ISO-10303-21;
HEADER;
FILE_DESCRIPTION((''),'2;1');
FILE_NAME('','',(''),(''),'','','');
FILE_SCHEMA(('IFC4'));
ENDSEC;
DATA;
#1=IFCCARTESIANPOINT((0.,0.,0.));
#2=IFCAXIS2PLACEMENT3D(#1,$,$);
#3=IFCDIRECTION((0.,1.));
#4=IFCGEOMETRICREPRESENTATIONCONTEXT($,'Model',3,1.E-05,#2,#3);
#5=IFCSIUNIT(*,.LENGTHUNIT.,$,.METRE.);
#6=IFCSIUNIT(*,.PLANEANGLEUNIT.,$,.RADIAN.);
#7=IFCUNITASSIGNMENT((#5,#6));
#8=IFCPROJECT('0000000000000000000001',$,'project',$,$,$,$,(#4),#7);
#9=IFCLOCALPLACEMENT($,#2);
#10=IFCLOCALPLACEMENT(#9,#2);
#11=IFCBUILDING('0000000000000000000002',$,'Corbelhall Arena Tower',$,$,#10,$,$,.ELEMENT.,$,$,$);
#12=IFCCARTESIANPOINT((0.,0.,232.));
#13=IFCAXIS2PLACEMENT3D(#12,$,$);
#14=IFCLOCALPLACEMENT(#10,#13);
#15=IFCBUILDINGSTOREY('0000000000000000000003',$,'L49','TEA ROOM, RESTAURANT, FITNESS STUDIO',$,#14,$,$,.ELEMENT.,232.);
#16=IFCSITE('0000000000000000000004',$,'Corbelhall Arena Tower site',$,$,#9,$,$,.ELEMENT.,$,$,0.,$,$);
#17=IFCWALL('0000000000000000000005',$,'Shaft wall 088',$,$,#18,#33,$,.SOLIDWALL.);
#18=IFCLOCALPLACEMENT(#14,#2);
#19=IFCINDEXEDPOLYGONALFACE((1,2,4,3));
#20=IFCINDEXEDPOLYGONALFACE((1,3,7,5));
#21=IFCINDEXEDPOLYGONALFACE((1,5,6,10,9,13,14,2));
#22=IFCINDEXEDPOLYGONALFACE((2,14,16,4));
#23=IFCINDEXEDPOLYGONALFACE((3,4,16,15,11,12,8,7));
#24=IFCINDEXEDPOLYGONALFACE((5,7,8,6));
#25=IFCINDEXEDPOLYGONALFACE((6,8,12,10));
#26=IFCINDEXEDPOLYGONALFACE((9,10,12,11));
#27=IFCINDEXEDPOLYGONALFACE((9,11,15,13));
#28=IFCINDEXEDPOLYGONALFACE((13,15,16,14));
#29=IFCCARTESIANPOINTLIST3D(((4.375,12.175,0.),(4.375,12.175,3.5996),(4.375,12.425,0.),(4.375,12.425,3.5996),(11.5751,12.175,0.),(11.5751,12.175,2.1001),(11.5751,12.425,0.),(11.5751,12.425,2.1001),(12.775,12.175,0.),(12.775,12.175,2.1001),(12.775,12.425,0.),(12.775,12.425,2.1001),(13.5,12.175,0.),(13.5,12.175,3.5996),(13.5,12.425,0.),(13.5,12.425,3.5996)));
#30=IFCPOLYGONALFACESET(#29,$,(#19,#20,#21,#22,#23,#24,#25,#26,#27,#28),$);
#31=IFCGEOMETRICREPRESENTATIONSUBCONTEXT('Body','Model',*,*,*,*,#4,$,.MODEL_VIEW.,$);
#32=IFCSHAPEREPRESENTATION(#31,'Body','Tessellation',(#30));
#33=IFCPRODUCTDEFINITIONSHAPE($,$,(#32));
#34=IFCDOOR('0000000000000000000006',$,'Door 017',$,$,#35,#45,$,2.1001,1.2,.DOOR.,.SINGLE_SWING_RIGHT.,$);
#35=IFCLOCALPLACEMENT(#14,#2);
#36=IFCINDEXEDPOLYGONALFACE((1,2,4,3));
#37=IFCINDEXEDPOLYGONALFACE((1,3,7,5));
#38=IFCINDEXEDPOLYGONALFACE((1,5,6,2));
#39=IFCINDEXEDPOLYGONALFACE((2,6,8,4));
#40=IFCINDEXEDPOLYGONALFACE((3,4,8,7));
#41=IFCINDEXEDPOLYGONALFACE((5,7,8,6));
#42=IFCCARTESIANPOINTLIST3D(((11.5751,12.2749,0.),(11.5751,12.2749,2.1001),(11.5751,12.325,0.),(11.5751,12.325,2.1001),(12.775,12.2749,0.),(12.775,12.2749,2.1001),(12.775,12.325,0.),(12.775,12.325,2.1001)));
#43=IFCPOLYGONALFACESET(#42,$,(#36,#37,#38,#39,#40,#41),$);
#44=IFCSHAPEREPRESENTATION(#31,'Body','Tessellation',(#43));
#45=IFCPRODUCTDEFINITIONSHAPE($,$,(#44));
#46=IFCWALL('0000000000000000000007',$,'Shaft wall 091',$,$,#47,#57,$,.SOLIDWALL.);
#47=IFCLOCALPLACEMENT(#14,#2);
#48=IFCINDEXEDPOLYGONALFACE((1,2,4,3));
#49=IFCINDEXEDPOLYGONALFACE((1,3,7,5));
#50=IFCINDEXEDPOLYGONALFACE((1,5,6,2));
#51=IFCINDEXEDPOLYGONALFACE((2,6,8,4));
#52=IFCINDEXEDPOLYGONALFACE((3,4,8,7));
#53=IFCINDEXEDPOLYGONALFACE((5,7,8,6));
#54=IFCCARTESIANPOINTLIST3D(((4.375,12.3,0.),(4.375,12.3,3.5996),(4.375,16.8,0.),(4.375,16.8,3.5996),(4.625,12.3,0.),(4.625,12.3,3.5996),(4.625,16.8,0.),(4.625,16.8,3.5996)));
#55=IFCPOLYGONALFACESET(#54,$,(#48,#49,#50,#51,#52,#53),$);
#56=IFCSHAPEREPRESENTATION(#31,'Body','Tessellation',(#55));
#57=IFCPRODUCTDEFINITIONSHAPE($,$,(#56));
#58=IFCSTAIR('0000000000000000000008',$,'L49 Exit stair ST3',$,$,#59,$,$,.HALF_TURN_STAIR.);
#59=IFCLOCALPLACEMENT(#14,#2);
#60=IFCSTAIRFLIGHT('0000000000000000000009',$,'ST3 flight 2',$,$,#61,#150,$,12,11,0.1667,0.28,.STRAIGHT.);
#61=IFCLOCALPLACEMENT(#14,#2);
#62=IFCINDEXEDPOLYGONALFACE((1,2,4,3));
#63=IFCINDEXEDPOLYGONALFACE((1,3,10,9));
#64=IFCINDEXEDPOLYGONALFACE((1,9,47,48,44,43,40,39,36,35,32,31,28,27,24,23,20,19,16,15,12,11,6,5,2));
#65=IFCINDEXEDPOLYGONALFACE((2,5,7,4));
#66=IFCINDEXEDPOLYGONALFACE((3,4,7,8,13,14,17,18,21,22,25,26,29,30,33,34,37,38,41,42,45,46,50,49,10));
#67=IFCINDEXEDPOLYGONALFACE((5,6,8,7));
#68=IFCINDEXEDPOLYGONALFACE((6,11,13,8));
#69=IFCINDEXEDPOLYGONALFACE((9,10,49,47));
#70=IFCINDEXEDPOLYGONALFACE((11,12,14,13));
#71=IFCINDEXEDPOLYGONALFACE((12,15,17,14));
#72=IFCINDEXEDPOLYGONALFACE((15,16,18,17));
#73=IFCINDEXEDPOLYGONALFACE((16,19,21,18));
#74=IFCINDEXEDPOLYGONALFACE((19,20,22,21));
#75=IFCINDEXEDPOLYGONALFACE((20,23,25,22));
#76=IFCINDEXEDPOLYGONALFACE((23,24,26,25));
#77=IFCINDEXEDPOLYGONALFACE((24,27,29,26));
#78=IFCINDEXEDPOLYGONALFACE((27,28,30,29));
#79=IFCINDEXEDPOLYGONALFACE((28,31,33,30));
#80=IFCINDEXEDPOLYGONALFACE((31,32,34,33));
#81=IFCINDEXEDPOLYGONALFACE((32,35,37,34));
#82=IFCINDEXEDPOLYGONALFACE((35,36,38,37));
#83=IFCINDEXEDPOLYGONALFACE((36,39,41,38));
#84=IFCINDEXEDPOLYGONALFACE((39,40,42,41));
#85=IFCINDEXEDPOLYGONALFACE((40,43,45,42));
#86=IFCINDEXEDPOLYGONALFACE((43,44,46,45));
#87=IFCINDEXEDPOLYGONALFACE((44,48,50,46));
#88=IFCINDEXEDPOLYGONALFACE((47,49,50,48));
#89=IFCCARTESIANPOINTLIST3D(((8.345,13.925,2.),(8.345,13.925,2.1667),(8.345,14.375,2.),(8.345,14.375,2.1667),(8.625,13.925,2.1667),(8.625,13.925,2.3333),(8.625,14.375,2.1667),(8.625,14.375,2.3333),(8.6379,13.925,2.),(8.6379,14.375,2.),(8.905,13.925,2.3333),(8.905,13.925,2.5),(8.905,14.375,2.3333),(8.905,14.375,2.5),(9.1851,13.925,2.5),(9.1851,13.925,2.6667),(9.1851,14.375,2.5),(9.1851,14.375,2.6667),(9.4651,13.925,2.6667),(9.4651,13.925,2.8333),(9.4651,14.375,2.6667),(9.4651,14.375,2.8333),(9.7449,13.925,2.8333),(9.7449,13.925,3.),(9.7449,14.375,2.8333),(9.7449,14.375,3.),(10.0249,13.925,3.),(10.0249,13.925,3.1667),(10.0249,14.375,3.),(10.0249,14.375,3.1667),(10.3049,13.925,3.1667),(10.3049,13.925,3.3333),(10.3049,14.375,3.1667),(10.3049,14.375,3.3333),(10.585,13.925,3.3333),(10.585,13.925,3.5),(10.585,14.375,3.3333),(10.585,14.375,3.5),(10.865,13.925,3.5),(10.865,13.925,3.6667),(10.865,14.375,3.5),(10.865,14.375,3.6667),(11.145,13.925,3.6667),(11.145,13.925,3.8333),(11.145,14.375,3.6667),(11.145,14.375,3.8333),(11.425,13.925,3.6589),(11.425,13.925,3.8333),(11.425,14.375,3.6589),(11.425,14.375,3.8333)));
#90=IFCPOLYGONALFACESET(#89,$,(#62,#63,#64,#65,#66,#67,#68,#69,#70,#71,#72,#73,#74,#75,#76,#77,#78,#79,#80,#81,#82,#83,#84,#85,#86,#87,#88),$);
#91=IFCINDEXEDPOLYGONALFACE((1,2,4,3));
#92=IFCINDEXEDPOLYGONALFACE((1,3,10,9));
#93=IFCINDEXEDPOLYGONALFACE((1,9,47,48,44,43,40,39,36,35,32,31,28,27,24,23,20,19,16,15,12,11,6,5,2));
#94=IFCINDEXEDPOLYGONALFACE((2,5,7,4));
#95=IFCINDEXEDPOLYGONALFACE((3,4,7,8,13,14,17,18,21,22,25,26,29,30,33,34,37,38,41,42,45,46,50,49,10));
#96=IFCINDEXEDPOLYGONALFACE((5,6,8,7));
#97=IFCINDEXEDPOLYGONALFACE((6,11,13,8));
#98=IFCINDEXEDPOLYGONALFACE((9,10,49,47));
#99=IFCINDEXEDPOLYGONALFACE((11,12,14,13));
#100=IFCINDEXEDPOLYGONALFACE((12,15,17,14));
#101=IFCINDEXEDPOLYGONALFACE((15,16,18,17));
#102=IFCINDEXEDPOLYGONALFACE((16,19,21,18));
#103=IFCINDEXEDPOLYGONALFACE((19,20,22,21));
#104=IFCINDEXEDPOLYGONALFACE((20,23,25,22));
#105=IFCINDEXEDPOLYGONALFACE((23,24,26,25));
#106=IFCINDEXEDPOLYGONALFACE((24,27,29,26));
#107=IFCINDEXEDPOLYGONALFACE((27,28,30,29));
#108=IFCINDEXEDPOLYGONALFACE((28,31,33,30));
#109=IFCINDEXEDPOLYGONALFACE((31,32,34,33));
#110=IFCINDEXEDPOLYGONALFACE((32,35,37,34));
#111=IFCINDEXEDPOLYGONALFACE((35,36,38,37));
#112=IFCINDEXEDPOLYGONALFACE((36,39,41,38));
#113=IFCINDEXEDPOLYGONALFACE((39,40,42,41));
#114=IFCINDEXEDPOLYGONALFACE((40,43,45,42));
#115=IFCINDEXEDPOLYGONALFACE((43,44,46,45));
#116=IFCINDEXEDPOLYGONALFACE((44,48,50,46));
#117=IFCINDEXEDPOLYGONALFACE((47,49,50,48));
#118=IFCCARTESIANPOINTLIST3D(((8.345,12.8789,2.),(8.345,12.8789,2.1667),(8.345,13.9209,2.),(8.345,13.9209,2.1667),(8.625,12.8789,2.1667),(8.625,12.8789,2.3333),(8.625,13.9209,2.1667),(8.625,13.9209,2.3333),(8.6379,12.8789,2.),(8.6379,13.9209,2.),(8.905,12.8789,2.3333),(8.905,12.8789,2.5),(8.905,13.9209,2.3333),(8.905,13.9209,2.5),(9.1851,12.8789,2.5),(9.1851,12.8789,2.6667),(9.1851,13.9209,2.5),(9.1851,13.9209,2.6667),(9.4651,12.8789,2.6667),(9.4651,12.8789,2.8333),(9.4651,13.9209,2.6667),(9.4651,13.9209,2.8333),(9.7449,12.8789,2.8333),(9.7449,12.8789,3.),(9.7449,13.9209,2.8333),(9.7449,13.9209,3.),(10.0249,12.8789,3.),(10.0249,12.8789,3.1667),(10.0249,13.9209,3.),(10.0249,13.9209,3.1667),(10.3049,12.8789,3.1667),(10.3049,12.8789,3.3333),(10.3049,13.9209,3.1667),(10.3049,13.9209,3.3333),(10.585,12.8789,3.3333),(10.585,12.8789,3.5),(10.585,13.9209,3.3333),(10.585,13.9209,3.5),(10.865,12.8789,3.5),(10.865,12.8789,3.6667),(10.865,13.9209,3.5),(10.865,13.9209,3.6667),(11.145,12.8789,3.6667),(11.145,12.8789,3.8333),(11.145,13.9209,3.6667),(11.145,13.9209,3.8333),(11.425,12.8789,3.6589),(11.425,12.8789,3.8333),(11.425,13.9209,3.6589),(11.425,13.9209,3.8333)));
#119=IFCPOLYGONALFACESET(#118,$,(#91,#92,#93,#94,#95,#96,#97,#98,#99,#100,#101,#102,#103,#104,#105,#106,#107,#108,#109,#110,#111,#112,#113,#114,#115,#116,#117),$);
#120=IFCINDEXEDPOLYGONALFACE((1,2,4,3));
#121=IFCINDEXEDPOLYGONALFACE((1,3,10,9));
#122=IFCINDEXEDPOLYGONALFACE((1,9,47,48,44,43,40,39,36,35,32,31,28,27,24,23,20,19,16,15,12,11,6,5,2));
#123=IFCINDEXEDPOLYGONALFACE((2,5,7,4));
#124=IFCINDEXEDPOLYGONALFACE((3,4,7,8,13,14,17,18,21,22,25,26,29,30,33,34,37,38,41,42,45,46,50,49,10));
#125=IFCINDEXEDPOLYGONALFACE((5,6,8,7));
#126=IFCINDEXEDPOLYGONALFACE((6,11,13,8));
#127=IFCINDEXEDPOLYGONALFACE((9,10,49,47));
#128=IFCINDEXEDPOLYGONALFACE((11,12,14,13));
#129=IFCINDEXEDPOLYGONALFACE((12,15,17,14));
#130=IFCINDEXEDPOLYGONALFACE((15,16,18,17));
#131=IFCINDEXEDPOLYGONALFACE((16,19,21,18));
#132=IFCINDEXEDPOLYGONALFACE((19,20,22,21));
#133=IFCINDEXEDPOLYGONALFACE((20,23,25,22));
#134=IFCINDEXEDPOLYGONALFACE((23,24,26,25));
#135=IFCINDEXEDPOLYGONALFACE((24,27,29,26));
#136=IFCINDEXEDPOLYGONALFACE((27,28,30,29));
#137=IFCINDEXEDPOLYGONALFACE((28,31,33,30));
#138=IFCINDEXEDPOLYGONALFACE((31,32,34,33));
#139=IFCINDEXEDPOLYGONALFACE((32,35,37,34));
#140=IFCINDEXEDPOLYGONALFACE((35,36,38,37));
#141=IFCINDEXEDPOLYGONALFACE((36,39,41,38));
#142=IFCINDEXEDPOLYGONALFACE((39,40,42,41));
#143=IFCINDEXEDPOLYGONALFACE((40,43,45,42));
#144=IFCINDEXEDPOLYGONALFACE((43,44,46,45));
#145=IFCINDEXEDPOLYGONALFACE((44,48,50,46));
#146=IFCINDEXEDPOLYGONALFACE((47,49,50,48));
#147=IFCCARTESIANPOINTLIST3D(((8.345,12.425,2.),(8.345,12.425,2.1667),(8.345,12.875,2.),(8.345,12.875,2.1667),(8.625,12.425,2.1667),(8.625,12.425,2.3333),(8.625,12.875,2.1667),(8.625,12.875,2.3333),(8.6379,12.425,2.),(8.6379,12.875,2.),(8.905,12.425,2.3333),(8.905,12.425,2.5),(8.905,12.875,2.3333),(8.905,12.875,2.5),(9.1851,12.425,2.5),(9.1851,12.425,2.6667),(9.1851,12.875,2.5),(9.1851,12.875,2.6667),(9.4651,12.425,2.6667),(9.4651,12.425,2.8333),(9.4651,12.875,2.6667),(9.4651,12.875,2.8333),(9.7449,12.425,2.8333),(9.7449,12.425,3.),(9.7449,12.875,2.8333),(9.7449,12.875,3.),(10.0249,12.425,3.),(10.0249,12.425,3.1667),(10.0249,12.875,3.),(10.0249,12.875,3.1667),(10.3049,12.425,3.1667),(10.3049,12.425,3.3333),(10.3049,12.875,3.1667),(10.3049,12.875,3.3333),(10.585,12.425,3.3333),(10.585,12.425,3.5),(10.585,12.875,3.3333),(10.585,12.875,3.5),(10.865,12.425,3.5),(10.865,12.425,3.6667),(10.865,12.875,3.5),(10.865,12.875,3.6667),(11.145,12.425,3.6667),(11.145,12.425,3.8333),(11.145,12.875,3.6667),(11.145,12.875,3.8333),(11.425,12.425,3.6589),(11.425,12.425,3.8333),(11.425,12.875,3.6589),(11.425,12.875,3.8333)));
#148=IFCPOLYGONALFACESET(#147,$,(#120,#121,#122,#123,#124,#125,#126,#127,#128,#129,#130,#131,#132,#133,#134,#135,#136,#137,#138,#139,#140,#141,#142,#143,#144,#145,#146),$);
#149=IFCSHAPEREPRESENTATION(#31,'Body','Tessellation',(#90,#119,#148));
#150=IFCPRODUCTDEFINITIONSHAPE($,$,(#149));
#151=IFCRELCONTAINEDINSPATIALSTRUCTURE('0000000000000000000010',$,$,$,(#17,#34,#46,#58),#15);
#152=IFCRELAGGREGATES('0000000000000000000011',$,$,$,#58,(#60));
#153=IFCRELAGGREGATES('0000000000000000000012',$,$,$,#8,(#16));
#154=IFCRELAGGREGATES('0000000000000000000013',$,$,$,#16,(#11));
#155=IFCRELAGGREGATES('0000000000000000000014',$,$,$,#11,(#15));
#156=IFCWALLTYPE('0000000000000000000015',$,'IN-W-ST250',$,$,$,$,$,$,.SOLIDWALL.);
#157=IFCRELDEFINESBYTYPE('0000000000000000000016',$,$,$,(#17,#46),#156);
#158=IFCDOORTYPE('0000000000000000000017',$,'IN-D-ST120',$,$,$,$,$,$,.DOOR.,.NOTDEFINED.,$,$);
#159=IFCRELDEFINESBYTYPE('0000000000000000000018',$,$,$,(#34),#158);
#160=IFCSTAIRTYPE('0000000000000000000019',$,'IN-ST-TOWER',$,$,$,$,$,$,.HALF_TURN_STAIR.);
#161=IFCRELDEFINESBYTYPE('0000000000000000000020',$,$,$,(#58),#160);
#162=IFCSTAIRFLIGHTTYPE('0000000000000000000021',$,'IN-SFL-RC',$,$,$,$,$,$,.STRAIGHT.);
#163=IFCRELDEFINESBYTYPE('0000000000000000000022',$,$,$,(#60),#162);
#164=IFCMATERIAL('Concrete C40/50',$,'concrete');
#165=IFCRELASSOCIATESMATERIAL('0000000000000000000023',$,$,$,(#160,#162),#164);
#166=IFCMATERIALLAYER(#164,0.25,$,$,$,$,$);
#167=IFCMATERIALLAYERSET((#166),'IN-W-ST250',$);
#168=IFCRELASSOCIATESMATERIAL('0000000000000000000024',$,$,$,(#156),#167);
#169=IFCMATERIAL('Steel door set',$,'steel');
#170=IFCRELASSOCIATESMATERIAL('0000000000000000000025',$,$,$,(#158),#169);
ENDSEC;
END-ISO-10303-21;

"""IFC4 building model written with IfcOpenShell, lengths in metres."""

from ifc_helpers import new_model, si_unit, direction, frame, frame_2d, origin, place, context, subcontext, project, spatial, polyline, rectangle, outline, extrude, material, layer, layer_set, type_object, element, fill, aggregate, save


model = new_model("IFC4")

# Units and contexts
model_context = context("Model", 3, precision=1e-05, world=origin(), true_north=direction((0.0, 1.0)))
body_context = subcontext(model_context, "Body", "Model", "MODEL_VIEW")
ifc_project = project(units=[si_unit("LENGTHUNIT", "METRE"), si_unit("PLANEANGLEUNIT", "RADIAN")], contexts=[model_context])

# Site, building, storey
site_placement = place(None, origin())
site = spatial("IfcSite", under=ifc_project, at=site_placement, Name="Corbelhall Arena Tower site", CompositionType="ELEMENT", RefElevation=0.0)
building_placement = place(site_placement, origin())
building = spatial("IfcBuilding", under=site, at=building_placement, Name="Corbelhall Arena Tower", CompositionType="ELEMENT")
storey_placement = place(building_placement, frame((0.0, 0.0, 232.0)))
storey = spatial("IfcBuildingStorey", under=building, at=storey_placement, Name="L49", Description="TEA ROOM, RESTAURANT, FITNESS STUDIO", CompositionType="ELEMENT", Elevation=232.0)

# Shared definitions
ifc_material_1 = material(Name="Concrete C40/50", Category="concrete")
stair_type = type_object("IfcStairType", Name="IN-ST-TOWER", PredefinedType="HALF_TURN_STAIR", material=ifc_material_1)

# Shared definitions
ifc_material_2 = material(Name="Steel door set", Category="steel")

# Wall, opening, door
ifc_layer_1 = layer(ifc_material_1, 0.25)
ifc_layer_set_1 = layer_set([ifc_layer_1], Name="IN-W-ST250")
wall_type_1 = type_object("IfcWallType", Name="IN-W-ST250", PredefinedType="SOLIDWALL", material=ifc_layer_set_1)
wall_1_placement = place(storey_placement, frame((4.375, 12.3, 0.0), z_axis=(0.0, 0.0, 1.0), x_axis=(1.0, 0.0, 0.0)))
wall_1 = element("IfcWall", 1, at=wall_1_placement, inside=storey, type_object=wall_type_1, Name="Shaft wall 088", PredefinedType="SOLIDWALL", context=body_context, shape_type="SweptSolid", body=[
    extrude(rectangle(XDim=9.125, YDim=0.25, at=frame_2d((4.5625, 0.0))), origin(), (0.0, 0.0, 1.0), 3.5996),
])
opening_1_placement = place(wall_1_placement, frame((7.2, 0.0, 0.0)))
opening_1 = element("IfcOpeningElement", 2, at=opening_1_placement, cuts=wall_1, PredefinedType="OPENING", context=body_context, shape_type="SweptSolid", body=[
    extrude(rectangle(XDim=1.2, YDim=2.1001, at=frame_2d((0.6001, 1.05))), frame((0.0, 0.125, 0.0), z_axis=(0.0, -1.0, 0.0), x_axis=(1.0, 0.0, 0.0)), (0.0, 0.0, 1.0), 0.25),
])
door_type_1 = type_object("IfcDoorType", Name="IN-D-ST120", OperationType="NOTDEFINED", PredefinedType="DOOR", material=ifc_material_2)
door_1_placement = place(opening_1_placement, origin())
door_1 = element("IfcDoor", 3, at=door_1_placement, inside=storey, type_object=door_type_1, Name="Door 017", OperationType="SINGLE_SWING_RIGHT", OverallHeight=2.1001, OverallWidth=1.2, PredefinedType="DOOR", context=body_context, shape_type="SweptSolid", body=[
    extrude(rectangle(XDim=1.2, YDim=2.1001, at=frame_2d((0.6001, 1.05))), frame((0.0, 0.0249, 0.0), z_axis=(0.0, -1.0, 0.0), x_axis=(1.0, 0.0, 0.0)), (0.0, 0.0, 1.0), 0.05),
])
fill(opening_1, door_1)

# Wall
wall_2_placement = place(storey_placement, frame((4.5, 12.3, 0.0), z_axis=(0.0, 0.0, 1.0), x_axis=(0.0, 1.0, 0.0)))
element("IfcWall", 4, at=wall_2_placement, inside=storey, type_object=wall_type_1, Name="Shaft wall 091", PredefinedType="SOLIDWALL", context=body_context, shape_type="SweptSolid", body=[
    extrude(rectangle(XDim=4.5, YDim=0.25, at=frame_2d((2.25, 0.0))), origin(), (0.0, 0.0, 1.0), 3.5996),
])

# Stair, stair flight
stair_1_placement = place(storey_placement, origin())
stair_1 = element("IfcStair", 5, at=stair_1_placement, inside=storey, type_object=stair_type, Name="L49 Exit stair ST3", PredefinedType="HALF_TURN_STAIR")
stair_flight_type = type_object("IfcStairFlightType", Name="IN-SFL-RC", PredefinedType="STRAIGHT", material=ifc_material_1)
stair_flight_placement = place(storey_placement, frame((8.345, 13.3999, 2.0), z_axis=(0.0, 0.0, 1.0), x_axis=(1.0, 0.0, 0.0)))
stair_flight = element("IfcStairFlight", 6, at=stair_flight_placement, type_object=stair_flight_type, Name="ST3 flight 2", NumberOfRisers=12, NumberOfTreads=11, PredefinedType="STRAIGHT", RiserHeight=0.1667, TreadLength=0.28, context=body_context, shape_type="SweptSolid", body=[
    extrude(outline(polyline([(0.0, 0.0), (0.0, 0.1667), (0.28, 0.1667), (0.28, 0.3333), (0.5601, 0.3333), (0.5601, 0.5), (0.8401, 0.5), (0.8401, 0.6667), (1.1201, 0.6667), (1.1201, 0.8333), (1.3999, 0.8333), (1.3999, 1.0), (1.6799, 1.0), (1.6799, 1.1667), (1.96, 1.1667), (1.96, 1.3333), (2.24, 1.3333), (2.24, 1.5), (2.52, 1.5), (2.52, 1.6667), (2.8, 1.6667), (2.8, 1.8333), (3.0801, 1.8333), (3.0801, 2.0), (3.0801, 1.6589), (0.293, 0.0), (0.0, 0.0)])), frame((0.0, 0.9751, 0.0), z_axis=(0.0, -1.0, 0.0), x_axis=(1.0, 0.0, 0.0)), (0.0, 0.0, 1.0), 0.45),
    extrude(outline(polyline([(0.0, 0.0), (0.0, 0.1667), (0.28, 0.1667), (0.28, 0.3333), (0.5601, 0.3333), (0.5601, 0.5), (0.8401, 0.5), (0.8401, 0.6667), (1.1201, 0.6667), (1.1201, 0.8333), (1.3999, 0.8333), (1.3999, 1.0), (1.6799, 1.0), (1.6799, 1.1667), (1.96, 1.1667), (1.96, 1.3333), (2.24, 1.3333), (2.24, 1.5), (2.52, 1.5), (2.52, 1.6667), (2.8, 1.6667), (2.8, 1.8333), (3.0801, 1.8333), (3.0801, 2.0), (3.0801, 1.6589), (0.293, 0.0), (0.0, 0.0)])), frame((0.0, 0.521, 0.0), z_axis=(0.0, -1.0, 0.0), x_axis=(1.0, 0.0, 0.0)), (0.0, 0.0, 1.0), 1.042),
    extrude(outline(polyline([(0.0, 0.0), (0.0, 0.1667), (0.28, 0.1667), (0.28, 0.3333), (0.5601, 0.3333), (0.5601, 0.5), (0.8401, 0.5), (0.8401, 0.6667), (1.1201, 0.6667), (1.1201, 0.8333), (1.3999, 0.8333), (1.3999, 1.0), (1.6799, 1.0), (1.6799, 1.1667), (1.96, 1.1667), (1.96, 1.3333), (2.24, 1.3333), (2.24, 1.5), (2.52, 1.5), (2.52, 1.6667), (2.8, 1.6667), (2.8, 1.8333), (3.0801, 1.8333), (3.0801, 2.0), (3.0801, 1.6589), (0.293, 0.0), (0.0, 0.0)])), frame((0.0, -0.5249, 0.0), z_axis=(0.0, -1.0, 0.0), x_axis=(1.0, 0.0, 0.0)), (0.0, 0.0, 1.0), 0.45),
])
aggregate(stair_1, [stair_flight])

save(model, "model.ifc")
